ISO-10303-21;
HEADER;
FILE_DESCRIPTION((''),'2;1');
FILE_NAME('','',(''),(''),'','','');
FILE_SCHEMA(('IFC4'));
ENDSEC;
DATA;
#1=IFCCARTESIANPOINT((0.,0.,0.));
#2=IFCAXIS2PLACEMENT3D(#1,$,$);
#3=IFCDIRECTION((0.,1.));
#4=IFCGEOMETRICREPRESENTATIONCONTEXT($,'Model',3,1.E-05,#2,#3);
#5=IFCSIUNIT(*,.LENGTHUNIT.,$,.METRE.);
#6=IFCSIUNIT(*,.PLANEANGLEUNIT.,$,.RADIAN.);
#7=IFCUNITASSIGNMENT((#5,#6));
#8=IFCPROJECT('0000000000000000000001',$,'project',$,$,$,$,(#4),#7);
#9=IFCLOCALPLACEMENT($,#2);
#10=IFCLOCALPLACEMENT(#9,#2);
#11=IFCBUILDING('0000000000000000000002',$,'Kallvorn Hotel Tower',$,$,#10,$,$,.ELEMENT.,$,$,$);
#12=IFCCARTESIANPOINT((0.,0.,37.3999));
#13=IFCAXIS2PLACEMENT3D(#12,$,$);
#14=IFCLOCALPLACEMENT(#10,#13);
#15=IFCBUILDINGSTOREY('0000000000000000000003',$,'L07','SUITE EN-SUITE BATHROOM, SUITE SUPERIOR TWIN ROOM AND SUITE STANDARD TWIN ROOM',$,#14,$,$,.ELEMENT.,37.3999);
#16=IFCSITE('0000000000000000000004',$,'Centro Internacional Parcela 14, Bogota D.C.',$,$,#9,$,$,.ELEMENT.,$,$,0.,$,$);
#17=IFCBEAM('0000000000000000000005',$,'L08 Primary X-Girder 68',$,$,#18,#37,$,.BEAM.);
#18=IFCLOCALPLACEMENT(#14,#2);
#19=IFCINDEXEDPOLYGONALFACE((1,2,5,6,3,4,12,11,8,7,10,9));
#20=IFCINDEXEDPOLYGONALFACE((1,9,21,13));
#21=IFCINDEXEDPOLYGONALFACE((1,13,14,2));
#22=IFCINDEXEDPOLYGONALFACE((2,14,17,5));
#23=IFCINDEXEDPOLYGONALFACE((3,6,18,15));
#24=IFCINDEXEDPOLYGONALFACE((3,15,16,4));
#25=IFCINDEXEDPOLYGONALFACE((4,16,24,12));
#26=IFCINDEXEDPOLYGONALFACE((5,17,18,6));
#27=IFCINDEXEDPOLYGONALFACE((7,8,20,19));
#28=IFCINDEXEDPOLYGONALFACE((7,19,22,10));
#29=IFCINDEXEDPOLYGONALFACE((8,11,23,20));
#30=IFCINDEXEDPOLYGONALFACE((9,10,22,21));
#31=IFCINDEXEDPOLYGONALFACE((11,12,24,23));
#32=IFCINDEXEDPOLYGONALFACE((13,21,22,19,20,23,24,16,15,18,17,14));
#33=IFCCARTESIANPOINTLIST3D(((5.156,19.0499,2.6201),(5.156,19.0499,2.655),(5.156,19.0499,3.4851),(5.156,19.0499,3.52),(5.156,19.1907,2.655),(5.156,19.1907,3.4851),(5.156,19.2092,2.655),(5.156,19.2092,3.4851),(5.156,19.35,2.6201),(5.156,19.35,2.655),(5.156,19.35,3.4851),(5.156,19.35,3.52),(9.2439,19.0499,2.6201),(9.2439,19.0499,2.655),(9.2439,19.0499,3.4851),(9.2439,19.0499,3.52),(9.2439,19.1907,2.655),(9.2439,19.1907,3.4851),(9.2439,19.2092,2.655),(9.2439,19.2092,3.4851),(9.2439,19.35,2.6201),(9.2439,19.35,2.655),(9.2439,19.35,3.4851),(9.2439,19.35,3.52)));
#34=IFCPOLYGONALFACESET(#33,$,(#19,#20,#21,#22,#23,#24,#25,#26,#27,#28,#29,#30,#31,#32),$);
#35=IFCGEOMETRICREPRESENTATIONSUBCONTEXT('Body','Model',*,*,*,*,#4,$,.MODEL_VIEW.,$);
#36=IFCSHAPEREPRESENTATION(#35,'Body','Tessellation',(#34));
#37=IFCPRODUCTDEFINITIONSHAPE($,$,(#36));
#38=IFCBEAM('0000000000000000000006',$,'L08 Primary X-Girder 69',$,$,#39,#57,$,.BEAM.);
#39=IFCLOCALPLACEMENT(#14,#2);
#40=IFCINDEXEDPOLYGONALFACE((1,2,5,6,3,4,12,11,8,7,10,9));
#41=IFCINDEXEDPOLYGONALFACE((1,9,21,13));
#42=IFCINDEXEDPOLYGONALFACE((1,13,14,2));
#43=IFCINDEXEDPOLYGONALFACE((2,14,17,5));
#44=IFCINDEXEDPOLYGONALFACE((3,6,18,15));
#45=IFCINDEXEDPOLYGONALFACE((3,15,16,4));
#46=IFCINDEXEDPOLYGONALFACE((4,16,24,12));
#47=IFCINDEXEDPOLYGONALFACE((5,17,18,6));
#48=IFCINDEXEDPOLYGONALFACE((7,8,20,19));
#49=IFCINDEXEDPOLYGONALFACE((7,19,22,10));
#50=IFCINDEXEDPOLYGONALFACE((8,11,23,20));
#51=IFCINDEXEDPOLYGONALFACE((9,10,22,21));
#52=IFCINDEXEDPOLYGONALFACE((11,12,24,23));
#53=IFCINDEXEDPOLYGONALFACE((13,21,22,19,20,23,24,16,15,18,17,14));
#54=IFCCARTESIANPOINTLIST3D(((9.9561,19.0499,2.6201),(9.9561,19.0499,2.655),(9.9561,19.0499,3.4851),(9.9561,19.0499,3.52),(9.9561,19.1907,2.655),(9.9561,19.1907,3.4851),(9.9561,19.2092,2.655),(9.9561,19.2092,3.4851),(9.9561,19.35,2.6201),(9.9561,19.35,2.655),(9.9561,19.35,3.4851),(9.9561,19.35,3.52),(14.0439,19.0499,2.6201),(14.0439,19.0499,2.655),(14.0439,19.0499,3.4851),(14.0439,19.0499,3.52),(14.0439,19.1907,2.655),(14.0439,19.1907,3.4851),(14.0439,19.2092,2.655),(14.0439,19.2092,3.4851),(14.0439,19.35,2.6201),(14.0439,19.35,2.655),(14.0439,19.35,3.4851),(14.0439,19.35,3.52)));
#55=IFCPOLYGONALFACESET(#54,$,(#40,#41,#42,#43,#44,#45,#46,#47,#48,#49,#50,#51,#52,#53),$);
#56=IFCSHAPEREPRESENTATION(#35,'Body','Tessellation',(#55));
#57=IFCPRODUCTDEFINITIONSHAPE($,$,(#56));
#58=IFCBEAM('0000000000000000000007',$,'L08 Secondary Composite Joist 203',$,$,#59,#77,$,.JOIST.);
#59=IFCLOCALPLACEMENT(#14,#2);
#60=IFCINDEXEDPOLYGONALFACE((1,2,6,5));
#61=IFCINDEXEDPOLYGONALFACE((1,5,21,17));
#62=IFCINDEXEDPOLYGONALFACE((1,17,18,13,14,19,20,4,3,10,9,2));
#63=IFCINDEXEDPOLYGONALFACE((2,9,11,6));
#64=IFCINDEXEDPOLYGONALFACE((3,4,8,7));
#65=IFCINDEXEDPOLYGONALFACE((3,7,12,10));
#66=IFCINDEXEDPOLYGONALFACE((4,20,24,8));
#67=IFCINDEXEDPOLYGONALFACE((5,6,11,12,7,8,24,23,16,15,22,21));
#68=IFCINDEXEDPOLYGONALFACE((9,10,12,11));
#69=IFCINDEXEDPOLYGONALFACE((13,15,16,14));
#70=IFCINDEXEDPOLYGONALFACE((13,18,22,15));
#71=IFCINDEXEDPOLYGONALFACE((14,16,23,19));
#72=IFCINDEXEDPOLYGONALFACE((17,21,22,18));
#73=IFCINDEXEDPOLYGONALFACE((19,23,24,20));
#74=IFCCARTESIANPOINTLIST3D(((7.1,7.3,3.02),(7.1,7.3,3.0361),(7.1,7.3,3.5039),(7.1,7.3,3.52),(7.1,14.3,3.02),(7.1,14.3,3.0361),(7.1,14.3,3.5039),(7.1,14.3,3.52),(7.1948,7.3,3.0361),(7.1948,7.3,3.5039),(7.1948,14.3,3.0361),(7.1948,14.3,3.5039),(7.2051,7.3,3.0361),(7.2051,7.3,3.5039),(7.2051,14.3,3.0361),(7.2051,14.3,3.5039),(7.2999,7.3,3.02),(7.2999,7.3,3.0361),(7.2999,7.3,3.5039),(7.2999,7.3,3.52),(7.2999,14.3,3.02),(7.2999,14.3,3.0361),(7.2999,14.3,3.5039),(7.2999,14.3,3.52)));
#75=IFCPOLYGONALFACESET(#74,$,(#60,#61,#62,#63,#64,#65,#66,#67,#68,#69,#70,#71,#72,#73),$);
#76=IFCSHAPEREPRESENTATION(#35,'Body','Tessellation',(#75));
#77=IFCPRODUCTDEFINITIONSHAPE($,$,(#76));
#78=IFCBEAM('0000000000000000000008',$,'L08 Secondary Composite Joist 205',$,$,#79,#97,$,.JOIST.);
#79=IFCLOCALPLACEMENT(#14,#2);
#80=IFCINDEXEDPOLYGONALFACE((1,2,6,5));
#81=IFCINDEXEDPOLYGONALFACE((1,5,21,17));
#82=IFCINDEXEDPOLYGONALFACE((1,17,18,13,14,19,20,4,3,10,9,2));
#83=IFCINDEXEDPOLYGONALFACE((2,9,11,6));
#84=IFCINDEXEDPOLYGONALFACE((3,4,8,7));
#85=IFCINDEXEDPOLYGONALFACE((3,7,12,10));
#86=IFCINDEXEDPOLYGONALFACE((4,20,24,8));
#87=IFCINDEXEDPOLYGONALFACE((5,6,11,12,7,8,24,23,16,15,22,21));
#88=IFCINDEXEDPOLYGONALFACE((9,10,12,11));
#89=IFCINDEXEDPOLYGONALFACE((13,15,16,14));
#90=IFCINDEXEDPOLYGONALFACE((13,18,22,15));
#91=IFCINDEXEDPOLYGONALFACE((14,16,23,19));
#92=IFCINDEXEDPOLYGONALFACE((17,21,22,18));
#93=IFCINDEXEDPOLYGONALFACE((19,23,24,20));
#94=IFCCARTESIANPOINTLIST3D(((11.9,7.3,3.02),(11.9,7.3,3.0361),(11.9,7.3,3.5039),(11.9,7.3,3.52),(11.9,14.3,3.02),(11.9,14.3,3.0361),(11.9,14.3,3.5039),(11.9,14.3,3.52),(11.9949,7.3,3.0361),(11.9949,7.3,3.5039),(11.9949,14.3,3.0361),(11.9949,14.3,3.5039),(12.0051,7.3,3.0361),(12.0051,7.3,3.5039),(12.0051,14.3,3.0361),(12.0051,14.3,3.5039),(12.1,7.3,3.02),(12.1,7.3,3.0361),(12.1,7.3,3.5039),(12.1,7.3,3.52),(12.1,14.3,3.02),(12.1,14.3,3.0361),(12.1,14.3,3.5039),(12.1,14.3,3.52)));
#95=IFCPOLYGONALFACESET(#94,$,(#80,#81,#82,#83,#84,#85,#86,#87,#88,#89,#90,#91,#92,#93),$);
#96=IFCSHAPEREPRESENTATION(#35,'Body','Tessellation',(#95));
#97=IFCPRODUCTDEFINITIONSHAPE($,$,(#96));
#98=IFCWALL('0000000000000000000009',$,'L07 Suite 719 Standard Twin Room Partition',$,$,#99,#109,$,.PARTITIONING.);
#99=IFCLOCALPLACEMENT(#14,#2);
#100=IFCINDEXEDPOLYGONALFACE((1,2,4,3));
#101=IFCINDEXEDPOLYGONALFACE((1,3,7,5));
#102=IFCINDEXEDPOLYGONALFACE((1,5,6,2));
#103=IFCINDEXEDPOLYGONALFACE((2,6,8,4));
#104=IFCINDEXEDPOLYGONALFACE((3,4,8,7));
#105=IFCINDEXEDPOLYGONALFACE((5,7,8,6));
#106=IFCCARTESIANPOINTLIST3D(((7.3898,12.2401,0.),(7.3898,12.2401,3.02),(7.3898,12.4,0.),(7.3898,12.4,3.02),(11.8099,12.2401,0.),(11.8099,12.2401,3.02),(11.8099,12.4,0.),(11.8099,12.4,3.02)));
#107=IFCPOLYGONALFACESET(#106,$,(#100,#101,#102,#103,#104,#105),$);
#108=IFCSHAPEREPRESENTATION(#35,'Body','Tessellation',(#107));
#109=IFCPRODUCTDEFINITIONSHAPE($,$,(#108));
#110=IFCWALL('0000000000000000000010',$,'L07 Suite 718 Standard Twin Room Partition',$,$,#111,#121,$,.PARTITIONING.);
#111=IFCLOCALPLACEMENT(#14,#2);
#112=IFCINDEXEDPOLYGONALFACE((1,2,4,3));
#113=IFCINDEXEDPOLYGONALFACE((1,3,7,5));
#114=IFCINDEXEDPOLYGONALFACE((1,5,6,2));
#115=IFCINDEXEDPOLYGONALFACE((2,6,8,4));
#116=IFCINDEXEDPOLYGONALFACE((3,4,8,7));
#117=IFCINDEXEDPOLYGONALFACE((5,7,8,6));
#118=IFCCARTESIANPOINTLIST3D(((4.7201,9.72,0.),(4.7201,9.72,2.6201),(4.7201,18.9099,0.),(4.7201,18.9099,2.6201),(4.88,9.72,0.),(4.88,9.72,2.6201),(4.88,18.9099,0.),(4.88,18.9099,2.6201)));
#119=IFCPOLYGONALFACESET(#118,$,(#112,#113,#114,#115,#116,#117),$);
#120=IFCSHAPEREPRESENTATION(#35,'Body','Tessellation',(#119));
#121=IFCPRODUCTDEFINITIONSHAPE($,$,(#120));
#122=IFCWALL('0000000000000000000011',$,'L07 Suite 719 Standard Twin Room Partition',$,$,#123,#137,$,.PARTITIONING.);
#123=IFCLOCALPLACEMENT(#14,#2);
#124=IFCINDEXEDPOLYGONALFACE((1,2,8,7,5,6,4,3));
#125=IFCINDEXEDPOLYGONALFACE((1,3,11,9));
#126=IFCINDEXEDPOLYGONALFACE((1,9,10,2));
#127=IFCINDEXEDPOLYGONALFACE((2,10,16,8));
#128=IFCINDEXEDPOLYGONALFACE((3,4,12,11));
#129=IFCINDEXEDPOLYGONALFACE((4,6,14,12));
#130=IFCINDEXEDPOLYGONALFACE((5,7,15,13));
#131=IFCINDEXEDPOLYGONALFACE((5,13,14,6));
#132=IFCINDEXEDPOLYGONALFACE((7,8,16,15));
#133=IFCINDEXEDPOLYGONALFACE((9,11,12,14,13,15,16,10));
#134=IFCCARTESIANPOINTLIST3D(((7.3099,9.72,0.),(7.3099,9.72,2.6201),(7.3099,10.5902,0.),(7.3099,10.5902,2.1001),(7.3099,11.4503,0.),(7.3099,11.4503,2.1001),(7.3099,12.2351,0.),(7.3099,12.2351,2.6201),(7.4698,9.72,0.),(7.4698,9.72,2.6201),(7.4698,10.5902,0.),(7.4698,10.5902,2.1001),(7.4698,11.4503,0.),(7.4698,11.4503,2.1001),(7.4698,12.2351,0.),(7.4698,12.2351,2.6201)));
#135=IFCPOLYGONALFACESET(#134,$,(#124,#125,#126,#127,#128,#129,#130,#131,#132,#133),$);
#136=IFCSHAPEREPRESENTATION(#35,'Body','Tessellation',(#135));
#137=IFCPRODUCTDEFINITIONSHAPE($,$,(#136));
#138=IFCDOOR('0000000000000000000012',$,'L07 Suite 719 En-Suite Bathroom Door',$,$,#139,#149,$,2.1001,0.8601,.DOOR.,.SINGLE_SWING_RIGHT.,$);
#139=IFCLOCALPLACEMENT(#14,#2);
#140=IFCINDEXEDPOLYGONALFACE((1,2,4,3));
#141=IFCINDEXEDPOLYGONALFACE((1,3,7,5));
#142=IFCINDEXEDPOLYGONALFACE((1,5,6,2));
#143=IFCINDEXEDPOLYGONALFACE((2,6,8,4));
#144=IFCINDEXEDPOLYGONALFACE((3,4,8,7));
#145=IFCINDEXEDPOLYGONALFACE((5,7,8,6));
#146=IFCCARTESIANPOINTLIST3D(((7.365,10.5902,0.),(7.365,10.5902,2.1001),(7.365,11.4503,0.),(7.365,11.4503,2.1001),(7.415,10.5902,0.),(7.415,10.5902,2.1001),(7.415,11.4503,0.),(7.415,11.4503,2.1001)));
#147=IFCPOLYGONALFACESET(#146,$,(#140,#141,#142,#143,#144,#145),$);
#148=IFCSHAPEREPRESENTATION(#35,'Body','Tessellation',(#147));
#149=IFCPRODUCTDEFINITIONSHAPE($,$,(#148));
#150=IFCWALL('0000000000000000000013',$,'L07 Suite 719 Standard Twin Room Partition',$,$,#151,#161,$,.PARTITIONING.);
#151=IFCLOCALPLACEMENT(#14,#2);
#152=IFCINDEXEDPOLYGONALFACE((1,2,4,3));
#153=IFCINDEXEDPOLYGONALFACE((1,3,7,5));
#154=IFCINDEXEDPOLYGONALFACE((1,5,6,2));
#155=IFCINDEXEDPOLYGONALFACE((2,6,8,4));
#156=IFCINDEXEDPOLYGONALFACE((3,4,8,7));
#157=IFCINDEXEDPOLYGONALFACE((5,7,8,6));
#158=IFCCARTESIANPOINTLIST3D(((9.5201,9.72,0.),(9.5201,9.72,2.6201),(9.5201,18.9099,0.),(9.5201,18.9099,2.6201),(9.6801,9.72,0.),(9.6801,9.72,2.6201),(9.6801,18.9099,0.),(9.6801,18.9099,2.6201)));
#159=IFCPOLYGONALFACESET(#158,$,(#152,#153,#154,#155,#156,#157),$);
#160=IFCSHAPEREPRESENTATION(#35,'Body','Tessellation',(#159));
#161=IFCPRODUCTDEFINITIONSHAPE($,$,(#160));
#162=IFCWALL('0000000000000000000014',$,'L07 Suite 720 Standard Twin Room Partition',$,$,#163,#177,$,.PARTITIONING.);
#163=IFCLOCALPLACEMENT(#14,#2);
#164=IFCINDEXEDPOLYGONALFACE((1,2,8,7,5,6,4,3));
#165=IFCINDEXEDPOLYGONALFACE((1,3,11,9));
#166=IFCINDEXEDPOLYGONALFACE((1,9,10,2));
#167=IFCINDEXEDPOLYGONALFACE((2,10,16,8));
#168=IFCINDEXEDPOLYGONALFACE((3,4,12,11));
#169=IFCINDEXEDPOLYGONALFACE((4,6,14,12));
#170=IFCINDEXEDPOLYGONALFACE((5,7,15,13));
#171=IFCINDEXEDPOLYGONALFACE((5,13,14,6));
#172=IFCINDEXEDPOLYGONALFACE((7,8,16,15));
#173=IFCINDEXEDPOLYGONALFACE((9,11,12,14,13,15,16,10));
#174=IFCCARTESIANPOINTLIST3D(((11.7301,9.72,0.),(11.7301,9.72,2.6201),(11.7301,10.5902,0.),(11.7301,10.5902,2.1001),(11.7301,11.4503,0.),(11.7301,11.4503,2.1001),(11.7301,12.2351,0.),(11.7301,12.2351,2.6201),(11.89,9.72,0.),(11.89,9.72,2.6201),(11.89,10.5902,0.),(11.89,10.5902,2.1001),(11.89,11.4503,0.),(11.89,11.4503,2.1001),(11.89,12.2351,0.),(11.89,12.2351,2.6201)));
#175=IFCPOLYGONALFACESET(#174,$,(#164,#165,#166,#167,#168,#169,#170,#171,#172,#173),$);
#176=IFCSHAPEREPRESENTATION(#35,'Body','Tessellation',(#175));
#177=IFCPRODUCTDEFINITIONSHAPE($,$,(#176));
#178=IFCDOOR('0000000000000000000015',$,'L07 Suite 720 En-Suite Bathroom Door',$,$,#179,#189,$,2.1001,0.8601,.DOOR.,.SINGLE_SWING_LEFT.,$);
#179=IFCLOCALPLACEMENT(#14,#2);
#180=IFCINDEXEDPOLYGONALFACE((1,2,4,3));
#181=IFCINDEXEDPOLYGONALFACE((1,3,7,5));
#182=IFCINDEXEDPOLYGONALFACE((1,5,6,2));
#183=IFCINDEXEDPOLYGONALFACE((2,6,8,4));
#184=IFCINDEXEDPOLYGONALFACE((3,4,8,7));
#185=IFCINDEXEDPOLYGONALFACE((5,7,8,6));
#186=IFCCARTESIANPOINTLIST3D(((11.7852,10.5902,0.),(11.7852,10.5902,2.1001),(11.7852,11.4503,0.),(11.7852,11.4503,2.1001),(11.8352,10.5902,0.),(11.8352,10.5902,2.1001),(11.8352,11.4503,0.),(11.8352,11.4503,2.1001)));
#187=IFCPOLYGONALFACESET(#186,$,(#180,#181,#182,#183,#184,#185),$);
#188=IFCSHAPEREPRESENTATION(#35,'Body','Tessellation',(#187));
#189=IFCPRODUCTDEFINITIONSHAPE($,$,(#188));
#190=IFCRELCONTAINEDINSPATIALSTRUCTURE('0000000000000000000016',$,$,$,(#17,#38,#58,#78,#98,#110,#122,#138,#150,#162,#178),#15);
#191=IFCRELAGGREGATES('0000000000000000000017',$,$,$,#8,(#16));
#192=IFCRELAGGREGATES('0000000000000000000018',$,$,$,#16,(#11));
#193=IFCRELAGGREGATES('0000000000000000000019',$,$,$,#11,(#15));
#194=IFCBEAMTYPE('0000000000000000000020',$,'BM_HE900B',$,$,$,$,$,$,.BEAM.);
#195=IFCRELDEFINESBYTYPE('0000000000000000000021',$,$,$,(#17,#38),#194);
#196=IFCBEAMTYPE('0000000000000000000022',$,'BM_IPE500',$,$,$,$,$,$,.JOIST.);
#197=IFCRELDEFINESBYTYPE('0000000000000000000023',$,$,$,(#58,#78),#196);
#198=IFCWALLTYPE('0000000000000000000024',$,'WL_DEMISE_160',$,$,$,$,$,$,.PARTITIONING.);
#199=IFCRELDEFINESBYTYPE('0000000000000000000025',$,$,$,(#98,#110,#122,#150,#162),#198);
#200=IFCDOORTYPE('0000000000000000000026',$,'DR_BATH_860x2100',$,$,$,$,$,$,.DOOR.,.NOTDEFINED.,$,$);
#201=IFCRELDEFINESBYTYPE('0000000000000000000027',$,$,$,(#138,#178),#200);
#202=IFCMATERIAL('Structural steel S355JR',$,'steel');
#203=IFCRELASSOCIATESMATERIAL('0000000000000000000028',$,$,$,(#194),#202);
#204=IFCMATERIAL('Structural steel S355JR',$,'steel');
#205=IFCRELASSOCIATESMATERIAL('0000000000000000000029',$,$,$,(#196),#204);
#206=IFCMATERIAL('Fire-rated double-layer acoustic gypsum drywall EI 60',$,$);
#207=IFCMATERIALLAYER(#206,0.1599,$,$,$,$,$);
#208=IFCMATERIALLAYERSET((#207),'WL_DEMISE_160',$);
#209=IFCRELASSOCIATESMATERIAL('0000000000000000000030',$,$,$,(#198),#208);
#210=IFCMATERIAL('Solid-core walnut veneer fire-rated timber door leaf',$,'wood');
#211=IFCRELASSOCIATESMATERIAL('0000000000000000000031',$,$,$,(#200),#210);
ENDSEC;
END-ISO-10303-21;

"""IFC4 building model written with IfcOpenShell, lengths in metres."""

from ifc_helpers import new_model, si_unit, direction, frame, frame_2d, origin, origin_2d, place, context, subcontext, project, spatial, rectangle, i_section, extrude, material, layer, layer_set, material_profile, profile_set, type_object, element, fill, save


model = new_model("IFC4")

# Units and contexts
model_context = context("Model", 3, precision=1e-05, world=origin(), true_north=direction((0.0, 1.0)))
body_context = subcontext(model_context, "Body", "Model", "MODEL_VIEW")
ifc_project = project(units=[si_unit("LENGTHUNIT", "METRE"), si_unit("PLANEANGLEUNIT", "RADIAN")], contexts=[model_context])

# Site, building, storey
site_placement = place(None, origin())
site = spatial("IfcSite", under=ifc_project, at=site_placement, Name="Centro Internacional Parcela 14, Bogota D.C.", CompositionType="ELEMENT", RefElevation=0.0)
building_placement = place(site_placement, origin())
building = spatial("IfcBuilding", under=site, at=building_placement, Name="Kallvorn Hotel Tower", CompositionType="ELEMENT")
storey_placement = place(building_placement, frame((0.0, 0.0, 37.3999)))
storey = spatial("IfcBuildingStorey", under=building, at=storey_placement, Name="L07", Description="SUITE EN-SUITE BATHROOM, SUITE SUPERIOR TWIN ROOM AND SUITE STANDARD TWIN ROOM", CompositionType="ELEMENT", Elevation=37.3999)

# Beams
ifc_material_1 = material(Name="Structural steel S355JR", Category="steel")
ifc_material_profile_1 = material_profile(ifc_material_1, i_section(OverallWidth=0.3, OverallDepth=0.8999, WebThickness=0.0186, FlangeThickness=0.0349, at=origin_2d()), Name="HE 900 B")
ifc_profile_set_1 = profile_set([ifc_material_profile_1], Name="Structural steel S355JR")
beam_type_1 = type_object("IfcBeamType", Name="BM_HE900B", PredefinedType="BEAM", material=ifc_profile_set_1)
for number, where, z_axis, x_axis, name in (
    (1, (5.156, 19.2, 3.0701), (1.0, 0.0, 0.0), (0.0, 1.0, 0.0), "L08 Primary X-Girder 68"),
    (2, (9.9561, 19.2, 3.0701), (1.0, 0.0, 0.0), (0.0, 1.0, 0.0), "L08 Primary X-Girder 69"),
):
    element("IfcBeam", number, at=place(storey_placement, frame(where, z_axis=z_axis, x_axis=x_axis)), inside=storey, type_object=beam_type_1, Name=name, PredefinedType="BEAM", context=body_context, shape_type="SweptSolid", body=[
        extrude(i_section(OverallWidth=0.3, OverallDepth=0.8999, WebThickness=0.0186, FlangeThickness=0.0349, at=origin_2d()), origin(), (0.0, 0.0, 1.0), 4.0879),
    ])
ifc_material_2 = material(Name="Structural steel S355JR", Category="steel")
ifc_material_profile_2 = material_profile(ifc_material_2, i_section(OverallWidth=0.2, OverallDepth=0.5, WebThickness=0.0103, FlangeThickness=0.0161, at=origin_2d()), Name="IPE 500")
ifc_profile_set_2 = profile_set([ifc_material_profile_2], Name="Structural steel S355JR")
beam_type_2 = type_object("IfcBeamType", Name="BM_IPE500", PredefinedType="JOIST", material=ifc_profile_set_2)
for number, where, z_axis, x_axis, name in (
    (3, (7.2, 7.3, 3.27), (0.0, 1.0, 0.0), (-1.0, 0.0, 0.0), "L08 Secondary Composite Joist 203"),
    (4, (12.0, 7.3, 3.27), (0.0, 1.0, 0.0), (-1.0, 0.0, 0.0), "L08 Secondary Composite Joist 205"),
):
    element("IfcBeam", number, at=place(storey_placement, frame(where, z_axis=z_axis, x_axis=x_axis)), inside=storey, type_object=beam_type_2, Name=name, PredefinedType="JOIST", context=body_context, shape_type="SweptSolid", body=[
        extrude(i_section(OverallWidth=0.2, OverallDepth=0.5, WebThickness=0.0103, FlangeThickness=0.0161, at=origin_2d()), origin(), (0.0, 0.0, 1.0), 7.0),
    ])

# Walls
ifc_material_3 = material(Name="Fire-rated double-layer acoustic gypsum drywall EI 60")
ifc_layer = layer(ifc_material_3, 0.1599)
ifc_layer_set = layer_set([ifc_layer], Name="WL_DEMISE_160")
wall_type = type_object("IfcWallType", Name="WL_DEMISE_160", PredefinedType="PARTITIONING", material=ifc_layer_set)
wall_1_placement = place(storey_placement, frame((7.3899, 12.3201, 0.0), z_axis=(0.0, 0.0, 1.0), x_axis=(1.0, 0.0, 0.0)))
element("IfcWall", 5, at=wall_1_placement, inside=storey, type_object=wall_type, Name="L07 Suite 719 Standard Twin Room Partition", PredefinedType="PARTITIONING", context=body_context, shape_type="SweptSolid", body=[
    extrude(rectangle(XDim=4.4202, YDim=0.1599, at=frame_2d((2.21, 0.0))), origin(), (0.0, 0.0, 1.0), 3.02),
])
wall_2_placement = place(storey_placement, frame((4.8, 9.72, 0.0), z_axis=(0.0, 0.0, 1.0), x_axis=(0.0, 1.0, 0.0)))
element("IfcWall", 6, at=wall_2_placement, inside=storey, type_object=wall_type, Name="L07 Suite 718 Standard Twin Room Partition", PredefinedType="PARTITIONING", context=body_context, shape_type="SweptSolid", body=[
    extrude(rectangle(XDim=9.1899, YDim=0.1599, at=frame_2d((4.595, 0.0))), origin(), (0.0, 0.0, 1.0), 2.6201),
])

# Wall, opening, door
wall_3_placement = place(storey_placement, frame((7.3899, 9.72, 0.0), z_axis=(0.0, 0.0, 1.0), x_axis=(0.0, 1.0, 0.0)))
wall_3 = element("IfcWall", 7, at=wall_3_placement, inside=storey, type_object=wall_type, Name="L07 Suite 719 Standard Twin Room Partition", PredefinedType="PARTITIONING", context=body_context, shape_type="SweptSolid", body=[
    extrude(rectangle(XDim=2.5151, YDim=0.1599, at=frame_2d((1.2576, 0.0))), origin(), (0.0, 0.0, 1.0), 2.6201),
])
opening_1_placement = place(wall_3_placement, frame((0.8701, 0.0, 0.0)))
opening_1 = element("IfcOpeningElement", 8, at=opening_1_placement, cuts=wall_3, PredefinedType="OPENING", context=body_context, shape_type="SweptSolid", body=[
    extrude(rectangle(XDim=0.8601, YDim=2.1001, at=frame_2d((0.4302, 1.05))), frame((0.0, 0.095, 0.0), z_axis=(0.0, -1.0, 0.0), x_axis=(1.0, 0.0, 0.0)), (0.0, 0.0, 1.0), 0.1899),
])
ifc_material_4 = material(Name="Solid-core walnut veneer fire-rated timber door leaf", Category="wood")
door_type = type_object("IfcDoorType", Name="DR_BATH_860x2100", OperationType="NOTDEFINED", PredefinedType="DOOR", material=ifc_material_4)
door_1_placement = place(opening_1_placement, origin())
door_1 = element("IfcDoor", 9, at=door_1_placement, inside=storey, type_object=door_type, Name="L07 Suite 719 En-Suite Bathroom Door", OperationType="SINGLE_SWING_RIGHT", OverallHeight=2.1001, OverallWidth=0.8601, PredefinedType="DOOR", context=body_context, shape_type="SweptSolid", body=[
    extrude(rectangle(XDim=0.8601, YDim=2.1001, at=frame_2d((0.4302, 1.05))), frame((0.0, 0.0249, 0.0), z_axis=(0.0, -1.0, 0.0), x_axis=(1.0, 0.0, 0.0)), (0.0, 0.0, 1.0), 0.05),
])
fill(opening_1, door_1)

# Wall
wall_4_placement = place(storey_placement, frame((9.6001, 9.72, 0.0), z_axis=(0.0, 0.0, 1.0), x_axis=(0.0, 1.0, 0.0)))
element("IfcWall", 10, at=wall_4_placement, inside=storey, type_object=wall_type, Name="L07 Suite 719 Standard Twin Room Partition", PredefinedType="PARTITIONING", context=body_context, shape_type="SweptSolid", body=[
    extrude(rectangle(XDim=9.1899, YDim=0.1599, at=frame_2d((4.595, 0.0))), origin(), (0.0, 0.0, 1.0), 2.6201),
])

# Wall, opening, door
wall_5_placement = place(storey_placement, frame((11.8101, 9.72, 0.0), z_axis=(0.0, 0.0, 1.0), x_axis=(0.0, 1.0, 0.0)))
wall_5 = element("IfcWall", 11, at=wall_5_placement, inside=storey, type_object=wall_type, Name="L07 Suite 720 Standard Twin Room Partition", PredefinedType="PARTITIONING", context=body_context, shape_type="SweptSolid", body=[
    extrude(rectangle(XDim=2.5151, YDim=0.1599, at=frame_2d((1.2576, 0.0))), origin(), (0.0, 0.0, 1.0), 2.6201),
])
opening_2_placement = place(wall_5_placement, frame((0.8701, 0.0, 0.0)))
opening_2 = element("IfcOpeningElement", 12, at=opening_2_placement, cuts=wall_5, PredefinedType="OPENING", context=body_context, shape_type="SweptSolid", body=[
    extrude(rectangle(XDim=0.8601, YDim=2.1001, at=frame_2d((0.4302, 1.05))), frame((0.0, 0.095, 0.0), z_axis=(0.0, -1.0, 0.0), x_axis=(1.0, 0.0, 0.0)), (0.0, 0.0, 1.0), 0.1899),
])
door_2_placement = place(opening_2_placement, origin())
door_2 = element("IfcDoor", 13, at=door_2_placement, inside=storey, type_object=door_type, Name="L07 Suite 720 En-Suite Bathroom Door", OperationType="SINGLE_SWING_LEFT", OverallHeight=2.1001, OverallWidth=0.8601, PredefinedType="DOOR", context=body_context, shape_type="SweptSolid", body=[
    extrude(rectangle(XDim=0.8601, YDim=2.1001, at=frame_2d((0.4302, 1.05))), frame((0.0, 0.0249, 0.0), z_axis=(0.0, -1.0, 0.0), x_axis=(1.0, 0.0, 0.0)), (0.0, 0.0, 1.0), 0.05),
])
fill(opening_2, door_2)

save(model, "model.ifc")
